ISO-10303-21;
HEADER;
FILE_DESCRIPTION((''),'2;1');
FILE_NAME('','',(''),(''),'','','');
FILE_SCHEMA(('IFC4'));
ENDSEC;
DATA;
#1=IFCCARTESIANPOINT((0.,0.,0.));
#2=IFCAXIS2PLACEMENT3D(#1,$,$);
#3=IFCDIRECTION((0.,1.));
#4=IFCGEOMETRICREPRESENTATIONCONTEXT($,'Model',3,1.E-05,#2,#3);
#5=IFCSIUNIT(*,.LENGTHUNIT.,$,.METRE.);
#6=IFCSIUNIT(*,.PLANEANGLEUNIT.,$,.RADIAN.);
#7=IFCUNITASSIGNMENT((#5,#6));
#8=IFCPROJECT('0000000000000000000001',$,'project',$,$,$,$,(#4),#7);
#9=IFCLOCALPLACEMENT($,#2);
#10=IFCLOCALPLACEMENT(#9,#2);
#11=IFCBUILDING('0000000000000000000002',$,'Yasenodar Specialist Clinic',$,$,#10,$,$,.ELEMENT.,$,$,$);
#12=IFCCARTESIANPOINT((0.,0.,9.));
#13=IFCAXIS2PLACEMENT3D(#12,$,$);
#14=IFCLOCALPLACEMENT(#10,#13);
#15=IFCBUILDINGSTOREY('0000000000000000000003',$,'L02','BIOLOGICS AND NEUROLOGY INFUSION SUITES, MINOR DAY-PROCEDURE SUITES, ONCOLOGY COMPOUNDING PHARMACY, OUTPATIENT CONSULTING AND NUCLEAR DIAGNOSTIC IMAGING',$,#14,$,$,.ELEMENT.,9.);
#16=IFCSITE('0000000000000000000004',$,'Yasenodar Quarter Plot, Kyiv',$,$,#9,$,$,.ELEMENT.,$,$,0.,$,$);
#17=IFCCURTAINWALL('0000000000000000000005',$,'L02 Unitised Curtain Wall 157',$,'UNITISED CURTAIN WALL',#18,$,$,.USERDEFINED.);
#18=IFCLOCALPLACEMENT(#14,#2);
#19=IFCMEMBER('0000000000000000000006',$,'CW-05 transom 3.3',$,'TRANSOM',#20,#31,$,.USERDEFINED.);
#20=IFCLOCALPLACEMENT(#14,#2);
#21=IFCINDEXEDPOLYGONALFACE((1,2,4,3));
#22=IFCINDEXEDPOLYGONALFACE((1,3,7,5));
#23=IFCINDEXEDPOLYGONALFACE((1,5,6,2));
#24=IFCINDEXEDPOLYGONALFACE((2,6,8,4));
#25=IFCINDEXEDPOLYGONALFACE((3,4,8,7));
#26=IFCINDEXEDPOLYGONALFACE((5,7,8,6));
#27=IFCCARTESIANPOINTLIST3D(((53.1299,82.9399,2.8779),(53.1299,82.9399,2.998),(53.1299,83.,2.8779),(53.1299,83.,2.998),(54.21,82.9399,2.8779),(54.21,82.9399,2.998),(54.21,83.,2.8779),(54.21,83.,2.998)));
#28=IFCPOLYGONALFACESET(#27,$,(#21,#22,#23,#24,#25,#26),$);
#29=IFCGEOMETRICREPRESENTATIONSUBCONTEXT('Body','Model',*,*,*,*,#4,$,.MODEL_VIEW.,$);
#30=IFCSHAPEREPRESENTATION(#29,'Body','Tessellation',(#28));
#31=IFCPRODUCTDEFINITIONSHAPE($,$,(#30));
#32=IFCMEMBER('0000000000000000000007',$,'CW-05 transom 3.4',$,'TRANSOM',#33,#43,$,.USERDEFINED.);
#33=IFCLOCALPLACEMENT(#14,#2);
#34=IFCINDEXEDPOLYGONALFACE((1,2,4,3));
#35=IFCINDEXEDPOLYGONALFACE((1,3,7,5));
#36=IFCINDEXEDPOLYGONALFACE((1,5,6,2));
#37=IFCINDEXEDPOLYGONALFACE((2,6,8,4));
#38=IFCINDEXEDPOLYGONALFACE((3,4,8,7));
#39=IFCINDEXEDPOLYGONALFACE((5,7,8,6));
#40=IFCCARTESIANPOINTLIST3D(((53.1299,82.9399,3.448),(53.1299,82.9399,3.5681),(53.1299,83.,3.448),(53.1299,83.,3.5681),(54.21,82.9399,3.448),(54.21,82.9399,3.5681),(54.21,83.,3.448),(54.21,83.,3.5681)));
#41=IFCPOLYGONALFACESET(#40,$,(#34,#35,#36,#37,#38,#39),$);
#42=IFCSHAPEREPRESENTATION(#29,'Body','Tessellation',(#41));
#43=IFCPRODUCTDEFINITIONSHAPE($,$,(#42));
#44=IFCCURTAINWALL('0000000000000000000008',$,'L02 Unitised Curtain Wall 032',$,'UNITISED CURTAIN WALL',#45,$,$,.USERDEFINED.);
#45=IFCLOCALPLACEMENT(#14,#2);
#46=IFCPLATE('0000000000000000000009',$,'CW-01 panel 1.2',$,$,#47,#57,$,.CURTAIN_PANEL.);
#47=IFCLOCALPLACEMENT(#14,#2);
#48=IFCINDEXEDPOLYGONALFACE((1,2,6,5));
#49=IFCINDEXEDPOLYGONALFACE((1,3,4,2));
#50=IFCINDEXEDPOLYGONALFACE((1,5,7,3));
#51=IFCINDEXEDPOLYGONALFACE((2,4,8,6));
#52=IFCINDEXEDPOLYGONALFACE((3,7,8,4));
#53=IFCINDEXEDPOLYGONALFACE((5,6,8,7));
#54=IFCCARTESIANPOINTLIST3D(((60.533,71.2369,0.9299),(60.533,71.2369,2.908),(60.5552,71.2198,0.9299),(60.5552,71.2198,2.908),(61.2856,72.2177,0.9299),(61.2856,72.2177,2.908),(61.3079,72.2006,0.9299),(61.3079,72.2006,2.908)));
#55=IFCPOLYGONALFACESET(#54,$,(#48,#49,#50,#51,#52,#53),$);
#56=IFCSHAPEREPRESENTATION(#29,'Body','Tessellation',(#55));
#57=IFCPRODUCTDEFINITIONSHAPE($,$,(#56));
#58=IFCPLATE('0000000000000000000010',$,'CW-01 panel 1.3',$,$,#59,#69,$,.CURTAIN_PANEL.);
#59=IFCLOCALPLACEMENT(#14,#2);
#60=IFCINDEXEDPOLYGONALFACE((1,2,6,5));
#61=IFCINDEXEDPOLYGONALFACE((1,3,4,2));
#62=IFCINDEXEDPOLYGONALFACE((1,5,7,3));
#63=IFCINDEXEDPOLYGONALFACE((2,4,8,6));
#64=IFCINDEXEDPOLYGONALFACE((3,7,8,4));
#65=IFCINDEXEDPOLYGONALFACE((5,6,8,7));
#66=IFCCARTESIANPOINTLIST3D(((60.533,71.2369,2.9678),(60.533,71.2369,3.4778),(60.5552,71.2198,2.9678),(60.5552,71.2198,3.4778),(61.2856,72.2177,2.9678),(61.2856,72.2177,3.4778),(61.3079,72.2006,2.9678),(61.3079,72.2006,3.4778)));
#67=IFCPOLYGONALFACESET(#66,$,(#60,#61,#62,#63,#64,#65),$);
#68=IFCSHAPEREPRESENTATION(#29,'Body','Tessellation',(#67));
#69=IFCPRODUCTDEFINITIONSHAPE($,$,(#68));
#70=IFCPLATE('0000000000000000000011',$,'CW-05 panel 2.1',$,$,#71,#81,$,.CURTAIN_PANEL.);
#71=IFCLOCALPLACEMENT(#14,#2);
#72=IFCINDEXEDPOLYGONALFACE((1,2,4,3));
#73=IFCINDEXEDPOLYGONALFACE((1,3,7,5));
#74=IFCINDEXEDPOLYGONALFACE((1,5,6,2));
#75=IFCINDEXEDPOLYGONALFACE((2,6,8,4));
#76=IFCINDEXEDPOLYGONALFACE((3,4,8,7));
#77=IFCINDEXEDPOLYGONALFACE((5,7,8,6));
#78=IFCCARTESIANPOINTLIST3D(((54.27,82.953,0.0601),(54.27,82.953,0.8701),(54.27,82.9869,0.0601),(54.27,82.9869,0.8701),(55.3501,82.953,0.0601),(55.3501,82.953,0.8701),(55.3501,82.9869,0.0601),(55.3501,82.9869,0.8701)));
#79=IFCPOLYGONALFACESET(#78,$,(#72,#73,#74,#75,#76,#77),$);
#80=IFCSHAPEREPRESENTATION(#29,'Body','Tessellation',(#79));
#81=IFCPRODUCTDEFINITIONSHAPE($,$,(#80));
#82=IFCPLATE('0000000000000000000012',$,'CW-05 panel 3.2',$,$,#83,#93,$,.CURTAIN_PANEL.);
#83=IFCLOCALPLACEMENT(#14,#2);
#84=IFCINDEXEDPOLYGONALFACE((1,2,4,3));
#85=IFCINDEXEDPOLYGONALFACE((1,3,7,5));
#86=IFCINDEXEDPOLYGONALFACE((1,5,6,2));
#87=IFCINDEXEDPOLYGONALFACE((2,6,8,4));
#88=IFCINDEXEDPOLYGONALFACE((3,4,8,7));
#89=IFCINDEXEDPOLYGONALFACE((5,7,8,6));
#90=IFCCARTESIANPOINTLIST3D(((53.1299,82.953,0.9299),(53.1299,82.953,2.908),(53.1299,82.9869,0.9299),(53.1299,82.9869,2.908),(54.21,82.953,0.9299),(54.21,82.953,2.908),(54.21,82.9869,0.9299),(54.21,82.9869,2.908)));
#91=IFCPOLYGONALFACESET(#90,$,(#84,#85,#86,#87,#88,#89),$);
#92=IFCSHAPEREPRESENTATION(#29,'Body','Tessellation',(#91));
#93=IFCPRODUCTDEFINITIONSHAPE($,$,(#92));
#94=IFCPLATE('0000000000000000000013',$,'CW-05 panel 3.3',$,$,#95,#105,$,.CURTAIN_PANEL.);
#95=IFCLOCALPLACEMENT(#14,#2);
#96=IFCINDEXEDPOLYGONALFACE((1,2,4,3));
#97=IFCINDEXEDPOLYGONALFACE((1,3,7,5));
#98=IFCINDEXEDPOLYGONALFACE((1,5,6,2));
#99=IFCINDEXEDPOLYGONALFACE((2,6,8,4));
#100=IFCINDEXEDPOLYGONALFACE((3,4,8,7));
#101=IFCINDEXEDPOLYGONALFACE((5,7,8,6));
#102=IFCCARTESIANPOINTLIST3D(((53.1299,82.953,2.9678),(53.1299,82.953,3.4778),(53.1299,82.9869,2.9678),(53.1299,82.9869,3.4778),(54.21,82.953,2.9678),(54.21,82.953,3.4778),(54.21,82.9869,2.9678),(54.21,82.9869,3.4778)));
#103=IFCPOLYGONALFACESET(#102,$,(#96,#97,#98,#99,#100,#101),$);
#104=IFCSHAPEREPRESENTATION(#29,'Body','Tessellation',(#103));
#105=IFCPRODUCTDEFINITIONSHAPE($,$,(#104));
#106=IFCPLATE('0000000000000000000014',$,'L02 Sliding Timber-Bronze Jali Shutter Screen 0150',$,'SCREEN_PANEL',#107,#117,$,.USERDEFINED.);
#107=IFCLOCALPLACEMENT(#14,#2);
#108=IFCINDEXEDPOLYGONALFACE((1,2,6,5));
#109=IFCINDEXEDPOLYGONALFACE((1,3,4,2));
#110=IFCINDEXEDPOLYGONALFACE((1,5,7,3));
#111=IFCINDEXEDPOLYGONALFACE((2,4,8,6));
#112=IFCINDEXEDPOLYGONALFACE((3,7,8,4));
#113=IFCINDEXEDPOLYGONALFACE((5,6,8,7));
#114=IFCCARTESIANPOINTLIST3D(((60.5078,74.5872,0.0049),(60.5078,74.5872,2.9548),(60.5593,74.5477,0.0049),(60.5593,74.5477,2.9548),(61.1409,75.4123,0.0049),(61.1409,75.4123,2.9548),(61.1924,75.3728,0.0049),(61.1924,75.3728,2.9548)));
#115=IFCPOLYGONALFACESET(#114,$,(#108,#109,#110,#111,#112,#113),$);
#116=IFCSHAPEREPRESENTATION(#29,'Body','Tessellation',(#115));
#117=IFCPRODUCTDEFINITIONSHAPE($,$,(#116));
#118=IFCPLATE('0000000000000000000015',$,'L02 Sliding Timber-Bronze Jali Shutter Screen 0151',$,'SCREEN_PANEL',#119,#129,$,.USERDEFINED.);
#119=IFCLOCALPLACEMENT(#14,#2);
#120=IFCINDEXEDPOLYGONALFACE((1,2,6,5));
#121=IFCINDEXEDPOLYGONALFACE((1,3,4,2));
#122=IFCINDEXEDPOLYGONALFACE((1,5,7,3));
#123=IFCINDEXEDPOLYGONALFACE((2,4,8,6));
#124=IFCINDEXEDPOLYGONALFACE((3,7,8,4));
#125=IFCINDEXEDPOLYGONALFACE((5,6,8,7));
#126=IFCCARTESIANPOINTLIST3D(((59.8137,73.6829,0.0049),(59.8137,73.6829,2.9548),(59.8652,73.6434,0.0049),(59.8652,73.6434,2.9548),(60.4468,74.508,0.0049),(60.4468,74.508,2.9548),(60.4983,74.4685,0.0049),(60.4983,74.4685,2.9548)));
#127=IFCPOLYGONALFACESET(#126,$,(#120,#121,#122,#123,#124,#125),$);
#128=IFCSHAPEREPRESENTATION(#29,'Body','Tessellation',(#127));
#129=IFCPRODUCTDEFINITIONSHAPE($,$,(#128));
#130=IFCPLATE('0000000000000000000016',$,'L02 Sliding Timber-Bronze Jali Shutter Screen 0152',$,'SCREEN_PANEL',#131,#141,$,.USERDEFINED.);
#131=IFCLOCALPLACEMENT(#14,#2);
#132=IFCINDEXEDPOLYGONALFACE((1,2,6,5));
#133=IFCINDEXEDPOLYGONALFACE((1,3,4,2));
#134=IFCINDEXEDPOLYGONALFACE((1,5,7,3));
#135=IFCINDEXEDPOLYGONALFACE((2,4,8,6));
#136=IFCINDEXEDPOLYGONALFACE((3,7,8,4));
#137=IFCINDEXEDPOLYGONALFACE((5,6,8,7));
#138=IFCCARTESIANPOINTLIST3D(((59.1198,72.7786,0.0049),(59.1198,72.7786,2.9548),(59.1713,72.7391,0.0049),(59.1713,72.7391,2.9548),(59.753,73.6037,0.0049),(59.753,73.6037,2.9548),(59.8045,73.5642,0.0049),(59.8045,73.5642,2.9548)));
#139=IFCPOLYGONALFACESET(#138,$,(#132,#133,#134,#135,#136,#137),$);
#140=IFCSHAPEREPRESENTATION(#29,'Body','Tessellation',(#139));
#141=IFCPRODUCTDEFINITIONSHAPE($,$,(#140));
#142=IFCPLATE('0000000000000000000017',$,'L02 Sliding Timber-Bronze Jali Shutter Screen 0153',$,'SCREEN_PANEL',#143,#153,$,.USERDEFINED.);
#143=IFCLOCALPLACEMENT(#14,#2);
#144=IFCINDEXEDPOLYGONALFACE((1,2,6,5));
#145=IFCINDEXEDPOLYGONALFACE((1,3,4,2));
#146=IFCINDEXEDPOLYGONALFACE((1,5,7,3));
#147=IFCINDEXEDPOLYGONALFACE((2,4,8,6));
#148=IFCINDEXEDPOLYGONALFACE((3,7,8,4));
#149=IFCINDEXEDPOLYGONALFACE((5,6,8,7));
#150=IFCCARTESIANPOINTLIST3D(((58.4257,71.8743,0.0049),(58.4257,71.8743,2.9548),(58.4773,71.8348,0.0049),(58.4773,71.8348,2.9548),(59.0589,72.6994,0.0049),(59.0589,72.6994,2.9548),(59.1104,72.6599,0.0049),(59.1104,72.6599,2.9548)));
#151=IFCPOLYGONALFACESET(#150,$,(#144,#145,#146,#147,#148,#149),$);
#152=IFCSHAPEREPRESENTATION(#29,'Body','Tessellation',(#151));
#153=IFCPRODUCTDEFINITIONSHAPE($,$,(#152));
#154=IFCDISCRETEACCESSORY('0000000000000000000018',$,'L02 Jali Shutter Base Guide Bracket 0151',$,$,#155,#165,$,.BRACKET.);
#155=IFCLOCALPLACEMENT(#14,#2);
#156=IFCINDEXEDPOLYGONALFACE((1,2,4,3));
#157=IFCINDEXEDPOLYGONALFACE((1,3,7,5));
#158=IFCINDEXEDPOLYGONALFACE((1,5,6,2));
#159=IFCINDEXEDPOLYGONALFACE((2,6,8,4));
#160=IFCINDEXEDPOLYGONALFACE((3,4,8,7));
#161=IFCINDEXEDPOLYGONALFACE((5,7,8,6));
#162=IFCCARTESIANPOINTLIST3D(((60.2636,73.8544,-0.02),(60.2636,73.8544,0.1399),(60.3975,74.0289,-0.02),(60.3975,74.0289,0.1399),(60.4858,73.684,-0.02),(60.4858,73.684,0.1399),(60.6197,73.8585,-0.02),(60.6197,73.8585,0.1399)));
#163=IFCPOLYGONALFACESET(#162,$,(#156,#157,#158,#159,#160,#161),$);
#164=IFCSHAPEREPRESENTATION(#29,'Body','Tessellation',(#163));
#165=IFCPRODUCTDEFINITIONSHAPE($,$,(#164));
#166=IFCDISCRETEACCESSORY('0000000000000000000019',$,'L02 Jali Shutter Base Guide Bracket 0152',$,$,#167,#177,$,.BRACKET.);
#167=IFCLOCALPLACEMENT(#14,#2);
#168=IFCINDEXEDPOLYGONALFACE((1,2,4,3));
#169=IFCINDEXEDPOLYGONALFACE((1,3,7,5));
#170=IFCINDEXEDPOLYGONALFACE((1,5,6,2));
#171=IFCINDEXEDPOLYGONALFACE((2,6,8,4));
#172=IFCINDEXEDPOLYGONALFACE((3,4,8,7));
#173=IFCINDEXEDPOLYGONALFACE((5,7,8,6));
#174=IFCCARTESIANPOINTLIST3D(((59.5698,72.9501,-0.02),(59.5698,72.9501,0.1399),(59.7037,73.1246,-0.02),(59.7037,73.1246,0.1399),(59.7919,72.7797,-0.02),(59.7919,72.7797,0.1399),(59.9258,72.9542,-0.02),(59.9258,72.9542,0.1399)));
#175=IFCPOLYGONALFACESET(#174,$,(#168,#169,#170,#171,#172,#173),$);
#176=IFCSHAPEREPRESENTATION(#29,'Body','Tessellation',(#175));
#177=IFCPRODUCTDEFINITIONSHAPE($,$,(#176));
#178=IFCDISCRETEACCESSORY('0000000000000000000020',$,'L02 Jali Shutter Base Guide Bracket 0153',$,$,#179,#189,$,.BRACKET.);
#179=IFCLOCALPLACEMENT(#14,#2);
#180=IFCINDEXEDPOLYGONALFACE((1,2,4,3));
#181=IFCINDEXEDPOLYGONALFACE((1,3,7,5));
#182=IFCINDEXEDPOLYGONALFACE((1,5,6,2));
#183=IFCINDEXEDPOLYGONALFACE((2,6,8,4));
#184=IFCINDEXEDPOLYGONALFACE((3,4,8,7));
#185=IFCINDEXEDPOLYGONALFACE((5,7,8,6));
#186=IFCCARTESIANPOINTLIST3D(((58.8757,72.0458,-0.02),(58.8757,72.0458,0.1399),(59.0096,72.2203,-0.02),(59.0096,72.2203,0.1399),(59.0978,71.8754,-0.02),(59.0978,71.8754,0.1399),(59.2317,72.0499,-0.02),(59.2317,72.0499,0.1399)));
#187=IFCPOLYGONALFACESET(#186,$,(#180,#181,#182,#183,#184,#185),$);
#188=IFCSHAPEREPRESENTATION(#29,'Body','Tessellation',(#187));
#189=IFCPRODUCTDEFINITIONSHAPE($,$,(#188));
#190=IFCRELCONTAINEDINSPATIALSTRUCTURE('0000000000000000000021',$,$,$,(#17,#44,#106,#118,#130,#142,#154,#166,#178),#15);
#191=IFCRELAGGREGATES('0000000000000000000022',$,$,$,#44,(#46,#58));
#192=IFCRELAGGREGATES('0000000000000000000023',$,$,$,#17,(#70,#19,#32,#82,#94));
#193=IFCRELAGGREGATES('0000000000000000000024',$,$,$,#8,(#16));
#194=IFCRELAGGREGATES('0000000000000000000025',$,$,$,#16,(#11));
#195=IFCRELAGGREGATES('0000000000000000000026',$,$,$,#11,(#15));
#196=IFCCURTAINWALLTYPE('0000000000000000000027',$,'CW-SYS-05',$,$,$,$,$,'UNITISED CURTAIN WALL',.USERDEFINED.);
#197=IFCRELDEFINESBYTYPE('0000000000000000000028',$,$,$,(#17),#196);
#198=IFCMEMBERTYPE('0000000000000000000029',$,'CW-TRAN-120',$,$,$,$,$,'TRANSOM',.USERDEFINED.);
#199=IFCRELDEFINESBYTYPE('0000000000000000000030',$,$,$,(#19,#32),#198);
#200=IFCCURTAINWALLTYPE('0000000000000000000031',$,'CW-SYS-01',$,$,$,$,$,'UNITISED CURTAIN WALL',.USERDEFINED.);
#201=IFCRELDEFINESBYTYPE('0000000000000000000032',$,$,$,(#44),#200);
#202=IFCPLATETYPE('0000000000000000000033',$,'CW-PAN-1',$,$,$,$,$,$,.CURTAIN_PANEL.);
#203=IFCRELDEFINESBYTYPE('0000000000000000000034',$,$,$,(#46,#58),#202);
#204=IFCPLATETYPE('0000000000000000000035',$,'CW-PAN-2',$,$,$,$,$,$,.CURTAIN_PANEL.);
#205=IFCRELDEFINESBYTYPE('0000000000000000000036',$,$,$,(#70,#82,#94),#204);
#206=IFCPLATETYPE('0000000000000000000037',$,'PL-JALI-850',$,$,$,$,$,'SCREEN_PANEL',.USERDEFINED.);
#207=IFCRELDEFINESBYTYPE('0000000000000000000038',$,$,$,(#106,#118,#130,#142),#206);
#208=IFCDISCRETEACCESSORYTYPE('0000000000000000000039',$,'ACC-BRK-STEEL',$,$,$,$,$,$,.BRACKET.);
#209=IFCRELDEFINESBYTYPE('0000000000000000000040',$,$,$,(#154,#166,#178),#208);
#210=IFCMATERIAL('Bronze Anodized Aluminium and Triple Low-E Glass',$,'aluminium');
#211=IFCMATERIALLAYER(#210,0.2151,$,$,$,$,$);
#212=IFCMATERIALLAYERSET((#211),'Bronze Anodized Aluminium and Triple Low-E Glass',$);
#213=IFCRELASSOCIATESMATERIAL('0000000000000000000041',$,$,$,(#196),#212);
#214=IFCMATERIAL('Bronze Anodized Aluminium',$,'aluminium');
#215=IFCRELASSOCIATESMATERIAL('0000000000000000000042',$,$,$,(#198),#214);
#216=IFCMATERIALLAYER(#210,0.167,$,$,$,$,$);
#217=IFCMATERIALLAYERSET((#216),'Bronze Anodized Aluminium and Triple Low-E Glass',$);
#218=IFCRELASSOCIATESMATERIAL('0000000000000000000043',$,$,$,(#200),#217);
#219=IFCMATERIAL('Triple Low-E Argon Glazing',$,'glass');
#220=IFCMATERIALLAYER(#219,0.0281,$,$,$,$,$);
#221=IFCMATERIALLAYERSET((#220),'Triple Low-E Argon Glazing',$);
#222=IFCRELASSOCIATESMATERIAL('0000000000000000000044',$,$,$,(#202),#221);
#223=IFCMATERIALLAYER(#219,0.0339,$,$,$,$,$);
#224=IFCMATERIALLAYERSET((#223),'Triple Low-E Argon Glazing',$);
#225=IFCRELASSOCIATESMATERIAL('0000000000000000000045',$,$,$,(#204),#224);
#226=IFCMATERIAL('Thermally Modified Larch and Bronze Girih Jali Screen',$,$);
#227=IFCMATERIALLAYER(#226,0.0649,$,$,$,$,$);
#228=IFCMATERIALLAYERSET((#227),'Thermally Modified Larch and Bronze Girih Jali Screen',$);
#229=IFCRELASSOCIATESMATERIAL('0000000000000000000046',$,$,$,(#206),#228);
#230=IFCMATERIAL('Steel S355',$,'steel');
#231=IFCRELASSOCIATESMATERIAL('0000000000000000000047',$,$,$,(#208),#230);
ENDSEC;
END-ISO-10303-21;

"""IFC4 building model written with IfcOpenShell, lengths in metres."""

from ifc_helpers import new_model, si_unit, direction, frame, origin, origin_2d, place, context, subcontext, project, spatial, rectangle, extrude, material, layer, layer_set, material_profile, profile_set, type_object, element, aggregate, save


model = new_model("IFC4")

# Units and contexts
model_context = context("Model", 3, precision=1e-05, world=origin(), true_north=direction((0.0, 1.0)))
body_context = subcontext(model_context, "Body", "Model", "MODEL_VIEW")
ifc_project = project(units=[si_unit("LENGTHUNIT", "METRE"), si_unit("PLANEANGLEUNIT", "RADIAN")], contexts=[model_context])

# Site, building, storey
site_placement = place(None, origin())
site = spatial("IfcSite", under=ifc_project, at=site_placement, Name="Yasenodar Quarter Plot, Kyiv", CompositionType="ELEMENT", RefElevation=0.0)
building_placement = place(site_placement, origin())
building = spatial("IfcBuilding", under=site, at=building_placement, Name="Yasenodar Specialist Clinic", CompositionType="ELEMENT")
storey_placement = place(building_placement, frame((0.0, 0.0, 9.0)))
storey = spatial("IfcBuildingStorey", under=building, at=storey_placement, Name="L02", Description="BIOLOGICS AND NEUROLOGY INFUSION SUITES, MINOR DAY-PROCEDURE SUITES, ONCOLOGY COMPOUNDING PHARMACY, OUTPATIENT CONSULTING AND NUCLEAR DIAGNOSTIC IMAGING", CompositionType="ELEMENT", Elevation=9.0)

# Shared definitions
ifc_material_1 = material(Name="Steel S355", Category="steel")

# Curtain wall, members
ifc_material_2 = material(Name="Bronze Anodized Aluminium and Triple Low-E Glass", Category="aluminium")
ifc_layer_1 = layer(ifc_material_2, 0.2151)
ifc_layer_set_1 = layer_set([ifc_layer_1], Name="Bronze Anodized Aluminium and Triple Low-E Glass")
curtain_wall_type_1 = type_object("IfcCurtainWallType", Name="CW-SYS-05", ElementType="UNITISED CURTAIN WALL", PredefinedType="USERDEFINED", material=ifc_layer_set_1)
curtain_wall_1_placement = place(storey_placement, origin())
curtain_wall_1 = element("IfcCurtainWall", 1, at=curtain_wall_1_placement, inside=storey, type_object=curtain_wall_type_1, Name="L02 Unitised Curtain Wall 157", ObjectType="UNITISED CURTAIN WALL", PredefinedType="USERDEFINED")
ifc_material_3 = material(Name="Bronze Anodized Aluminium", Category="aluminium")
ifc_material_profile_1 = material_profile(ifc_material_3, rectangle(XDim=0.0601, YDim=0.1201, at=origin_2d()), Name="CW-TRAN 60x120")
ifc_profile_set_1 = profile_set([ifc_material_profile_1], Name="Bronze Anodized Aluminium")
member_type_1 = type_object("IfcMemberType", Name="CW-TRAN-120", ElementType="TRANSOM", PredefinedType="USERDEFINED", material=ifc_profile_set_1)
member_1_placement = place(storey_placement, frame((54.21, 82.97, 2.938), z_axis=(-1.0, 0.0, 0.0), x_axis=(0.0, -1.0, 0.0)))
member_1 = element("IfcMember", 2, at=member_1_placement, type_object=member_type_1, Name="CW-05 transom 3.3", ObjectType="TRANSOM", PredefinedType="USERDEFINED", context=body_context, shape_type="SweptSolid", body=[
    extrude(rectangle(XDim=0.0601, YDim=0.1201, at=origin_2d()), origin(), (0.0, 0.0, 1.0), 1.0801),
])
member_2_placement = place(storey_placement, frame((54.21, 82.97, 3.5081), z_axis=(-1.0, 0.0, 0.0), x_axis=(0.0, -1.0, 0.0)))
member_2 = element("IfcMember", 3, at=member_2_placement, type_object=member_type_1, Name="CW-05 transom 3.4", ObjectType="TRANSOM", PredefinedType="USERDEFINED", context=body_context, shape_type="SweptSolid", body=[
    extrude(rectangle(XDim=0.0601, YDim=0.1201, at=origin_2d()), origin(), (0.0, 0.0, 1.0), 1.0801),
])

# Curtain wall, plates
ifc_layer_2 = layer(ifc_material_2, 0.167)
ifc_layer_set_2 = layer_set([ifc_layer_2], Name="Bronze Anodized Aluminium and Triple Low-E Glass")
curtain_wall_type_2 = type_object("IfcCurtainWallType", Name="CW-SYS-01", ElementType="UNITISED CURTAIN WALL", PredefinedType="USERDEFINED", material=ifc_layer_set_2)
curtain_wall_2_placement = place(storey_placement, origin())
curtain_wall_2 = element("IfcCurtainWall", 4, at=curtain_wall_2_placement, inside=storey, type_object=curtain_wall_type_2, Name="L02 Unitised Curtain Wall 032", ObjectType="UNITISED CURTAIN WALL", PredefinedType="USERDEFINED")
ifc_material_4 = material(Name="Triple Low-E Argon Glazing", Category="glass")
ifc_layer_3 = layer(ifc_material_4, 0.0281)
ifc_layer_set_3 = layer_set([ifc_layer_3], Name="Triple Low-E Argon Glazing")
plate_type_1 = type_object("IfcPlateType", Name="CW-PAN-1", PredefinedType="CURTAIN_PANEL", material=ifc_layer_set_3)
plate_1_placement = place(storey_placement, frame((60.9204, 71.7188, 0.9299), z_axis=(0.0, 0.0, 1.0), x_axis=(0.608752, 0.793361, 0.0)))
plate_1 = element("IfcPlate", 5, at=plate_1_placement, type_object=plate_type_1, Name="CW-01 panel 1.2", PredefinedType="CURTAIN_PANEL", context=body_context, shape_type="SweptSolid", body=[
    extrude(rectangle(XDim=1.2363, YDim=0.0281, at=origin_2d()), origin(), (0.0, 0.0, 1.0), 1.978),
])
plate_2_placement = place(storey_placement, frame((60.9204, 71.7188, 2.9678), z_axis=(0.0, 0.0, 1.0), x_axis=(0.608752, 0.793361, 0.0)))
plate_2 = element("IfcPlate", 6, at=plate_2_placement, type_object=plate_type_1, Name="CW-01 panel 1.3", PredefinedType="CURTAIN_PANEL", context=body_context, shape_type="SweptSolid", body=[
    extrude(rectangle(XDim=1.2363, YDim=0.0281, at=origin_2d()), origin(), (0.0, 0.0, 1.0), 0.51),
])
aggregate(curtain_wall_2, [plate_1, plate_2])

# Plates
ifc_layer_4 = layer(ifc_material_4, 0.0339)
ifc_layer_set_4 = layer_set([ifc_layer_4], Name="Triple Low-E Argon Glazing")
plate_type_2 = type_object("IfcPlateType", Name="CW-PAN-2", PredefinedType="CURTAIN_PANEL", material=ifc_layer_set_4)
plate_3_placement = place(storey_placement, frame((54.8101, 82.97, 0.0601), z_axis=(0.0, 0.0, 1.0), x_axis=(-1.0, 0.0, 0.0)))
plate_3 = element("IfcPlate", 7, at=plate_3_placement, type_object=plate_type_2, Name="CW-05 panel 2.1", PredefinedType="CURTAIN_PANEL", context=body_context, shape_type="SweptSolid", body=[
    extrude(rectangle(XDim=1.0801, YDim=0.0339, at=origin_2d()), origin(), (0.0, 0.0, 1.0), 0.8101),
])
plate_4_placement = place(storey_placement, frame((53.6699, 82.97, 0.9299), z_axis=(0.0, 0.0, 1.0), x_axis=(-1.0, 0.0, 0.0)))
plate_4 = element("IfcPlate", 8, at=plate_4_placement, type_object=plate_type_2, Name="CW-05 panel 3.2", PredefinedType="CURTAIN_PANEL", context=body_context, shape_type="SweptSolid", body=[
    extrude(rectangle(XDim=1.0801, YDim=0.0339, at=origin_2d()), origin(), (0.0, 0.0, 1.0), 1.978),
])
plate_5_placement = place(storey_placement, frame((53.6699, 82.97, 2.9678), z_axis=(0.0, 0.0, 1.0), x_axis=(-1.0, 0.0, 0.0)))
plate_5 = element("IfcPlate", 9, at=plate_5_placement, type_object=plate_type_2, Name="CW-05 panel 3.3", PredefinedType="CURTAIN_PANEL", context=body_context, shape_type="SweptSolid", body=[
    extrude(rectangle(XDim=1.0801, YDim=0.0339, at=origin_2d()), origin(), (0.0, 0.0, 1.0), 0.51),
])
aggregate(curtain_wall_1, [plate_3, member_1, member_2, plate_4, plate_5])

# Plates
ifc_material_5 = material(Name="Thermally Modified Larch and Bronze Girih Jali Screen")
ifc_layer_5 = layer(ifc_material_5, 0.0649)
ifc_layer_set_5 = layer_set([ifc_layer_5], Name="Thermally Modified Larch and Bronze Girih Jali Screen")
plate_type_3 = type_object("IfcPlateType", Name="PL-JALI-850", ElementType="SCREEN_PANEL", PredefinedType="USERDEFINED", material=ifc_layer_set_5)
for number, where, z_axis, x_axis, name in (
    (10, (60.8501, 74.98, 0.0049), (0.0, 0.0, 1.0), (-0.608764, -0.793351, 0.0), "L02 Sliding Timber-Bronze Jali Shutter Screen 0150"),
    (11, (60.156, 74.0757, 0.0049), (0.0, 0.0, 1.0), (-0.608764, -0.793351, 0.0), "L02 Sliding Timber-Bronze Jali Shutter Screen 0151"),
    (12, (59.4622, 73.1714, 0.0049), (0.0, 0.0, 1.0), (-0.608764, -0.793351, 0.0), "L02 Sliding Timber-Bronze Jali Shutter Screen 0152"),
    (13, (58.7681, 72.2671, 0.0049), (0.0, 0.0, 1.0), (-0.608764, -0.793351, 0.0), "L02 Sliding Timber-Bronze Jali Shutter Screen 0153"),
):
    element("IfcPlate", number, at=place(storey_placement, frame(where, z_axis=z_axis, x_axis=x_axis)), inside=storey, type_object=plate_type_3, Name=name, ObjectType="SCREEN_PANEL", PredefinedType="USERDEFINED", context=body_context, shape_type="SweptSolid", body=[
        extrude(rectangle(XDim=1.04, YDim=0.0649, at=origin_2d()), origin(), (0.0, 0.0, 1.0), 2.95),
    ])

# Discrete accessories
discrete_accessory_type = type_object("IfcDiscreteAccessoryType", Name="ACC-BRK-STEEL", PredefinedType="BRACKET", material=ifc_material_1)
for number, where, z_axis, x_axis, name in (
    (14, (60.4417, 73.8564, -0.02), (0.0, 0.0, 1.0), (-0.608764, -0.793351, 0.0), "L02 Jali Shutter Base Guide Bracket 0151"),
    (15, (59.7478, 72.9521, -0.02), (0.0, 0.0, 1.0), (-0.608764, -0.793351, 0.0), "L02 Jali Shutter Base Guide Bracket 0152"),
    (16, (59.0537, 72.0479, -0.02), (0.0, 0.0, 1.0), (-0.608764, -0.793351, 0.0), "L02 Jali Shutter Base Guide Bracket 0153"),
):
    element("IfcDiscreteAccessory", number, at=place(storey_placement, frame(where, z_axis=z_axis, x_axis=x_axis)), inside=storey, type_object=discrete_accessory_type, Name=name, PredefinedType="BRACKET", context=body_context, shape_type="SweptSolid", body=[
        extrude(rectangle(XDim=0.22, YDim=0.28, at=origin_2d()), origin(), (0.0, 0.0, 1.0), 0.1599),
    ])

save(model, "model.ifc")
